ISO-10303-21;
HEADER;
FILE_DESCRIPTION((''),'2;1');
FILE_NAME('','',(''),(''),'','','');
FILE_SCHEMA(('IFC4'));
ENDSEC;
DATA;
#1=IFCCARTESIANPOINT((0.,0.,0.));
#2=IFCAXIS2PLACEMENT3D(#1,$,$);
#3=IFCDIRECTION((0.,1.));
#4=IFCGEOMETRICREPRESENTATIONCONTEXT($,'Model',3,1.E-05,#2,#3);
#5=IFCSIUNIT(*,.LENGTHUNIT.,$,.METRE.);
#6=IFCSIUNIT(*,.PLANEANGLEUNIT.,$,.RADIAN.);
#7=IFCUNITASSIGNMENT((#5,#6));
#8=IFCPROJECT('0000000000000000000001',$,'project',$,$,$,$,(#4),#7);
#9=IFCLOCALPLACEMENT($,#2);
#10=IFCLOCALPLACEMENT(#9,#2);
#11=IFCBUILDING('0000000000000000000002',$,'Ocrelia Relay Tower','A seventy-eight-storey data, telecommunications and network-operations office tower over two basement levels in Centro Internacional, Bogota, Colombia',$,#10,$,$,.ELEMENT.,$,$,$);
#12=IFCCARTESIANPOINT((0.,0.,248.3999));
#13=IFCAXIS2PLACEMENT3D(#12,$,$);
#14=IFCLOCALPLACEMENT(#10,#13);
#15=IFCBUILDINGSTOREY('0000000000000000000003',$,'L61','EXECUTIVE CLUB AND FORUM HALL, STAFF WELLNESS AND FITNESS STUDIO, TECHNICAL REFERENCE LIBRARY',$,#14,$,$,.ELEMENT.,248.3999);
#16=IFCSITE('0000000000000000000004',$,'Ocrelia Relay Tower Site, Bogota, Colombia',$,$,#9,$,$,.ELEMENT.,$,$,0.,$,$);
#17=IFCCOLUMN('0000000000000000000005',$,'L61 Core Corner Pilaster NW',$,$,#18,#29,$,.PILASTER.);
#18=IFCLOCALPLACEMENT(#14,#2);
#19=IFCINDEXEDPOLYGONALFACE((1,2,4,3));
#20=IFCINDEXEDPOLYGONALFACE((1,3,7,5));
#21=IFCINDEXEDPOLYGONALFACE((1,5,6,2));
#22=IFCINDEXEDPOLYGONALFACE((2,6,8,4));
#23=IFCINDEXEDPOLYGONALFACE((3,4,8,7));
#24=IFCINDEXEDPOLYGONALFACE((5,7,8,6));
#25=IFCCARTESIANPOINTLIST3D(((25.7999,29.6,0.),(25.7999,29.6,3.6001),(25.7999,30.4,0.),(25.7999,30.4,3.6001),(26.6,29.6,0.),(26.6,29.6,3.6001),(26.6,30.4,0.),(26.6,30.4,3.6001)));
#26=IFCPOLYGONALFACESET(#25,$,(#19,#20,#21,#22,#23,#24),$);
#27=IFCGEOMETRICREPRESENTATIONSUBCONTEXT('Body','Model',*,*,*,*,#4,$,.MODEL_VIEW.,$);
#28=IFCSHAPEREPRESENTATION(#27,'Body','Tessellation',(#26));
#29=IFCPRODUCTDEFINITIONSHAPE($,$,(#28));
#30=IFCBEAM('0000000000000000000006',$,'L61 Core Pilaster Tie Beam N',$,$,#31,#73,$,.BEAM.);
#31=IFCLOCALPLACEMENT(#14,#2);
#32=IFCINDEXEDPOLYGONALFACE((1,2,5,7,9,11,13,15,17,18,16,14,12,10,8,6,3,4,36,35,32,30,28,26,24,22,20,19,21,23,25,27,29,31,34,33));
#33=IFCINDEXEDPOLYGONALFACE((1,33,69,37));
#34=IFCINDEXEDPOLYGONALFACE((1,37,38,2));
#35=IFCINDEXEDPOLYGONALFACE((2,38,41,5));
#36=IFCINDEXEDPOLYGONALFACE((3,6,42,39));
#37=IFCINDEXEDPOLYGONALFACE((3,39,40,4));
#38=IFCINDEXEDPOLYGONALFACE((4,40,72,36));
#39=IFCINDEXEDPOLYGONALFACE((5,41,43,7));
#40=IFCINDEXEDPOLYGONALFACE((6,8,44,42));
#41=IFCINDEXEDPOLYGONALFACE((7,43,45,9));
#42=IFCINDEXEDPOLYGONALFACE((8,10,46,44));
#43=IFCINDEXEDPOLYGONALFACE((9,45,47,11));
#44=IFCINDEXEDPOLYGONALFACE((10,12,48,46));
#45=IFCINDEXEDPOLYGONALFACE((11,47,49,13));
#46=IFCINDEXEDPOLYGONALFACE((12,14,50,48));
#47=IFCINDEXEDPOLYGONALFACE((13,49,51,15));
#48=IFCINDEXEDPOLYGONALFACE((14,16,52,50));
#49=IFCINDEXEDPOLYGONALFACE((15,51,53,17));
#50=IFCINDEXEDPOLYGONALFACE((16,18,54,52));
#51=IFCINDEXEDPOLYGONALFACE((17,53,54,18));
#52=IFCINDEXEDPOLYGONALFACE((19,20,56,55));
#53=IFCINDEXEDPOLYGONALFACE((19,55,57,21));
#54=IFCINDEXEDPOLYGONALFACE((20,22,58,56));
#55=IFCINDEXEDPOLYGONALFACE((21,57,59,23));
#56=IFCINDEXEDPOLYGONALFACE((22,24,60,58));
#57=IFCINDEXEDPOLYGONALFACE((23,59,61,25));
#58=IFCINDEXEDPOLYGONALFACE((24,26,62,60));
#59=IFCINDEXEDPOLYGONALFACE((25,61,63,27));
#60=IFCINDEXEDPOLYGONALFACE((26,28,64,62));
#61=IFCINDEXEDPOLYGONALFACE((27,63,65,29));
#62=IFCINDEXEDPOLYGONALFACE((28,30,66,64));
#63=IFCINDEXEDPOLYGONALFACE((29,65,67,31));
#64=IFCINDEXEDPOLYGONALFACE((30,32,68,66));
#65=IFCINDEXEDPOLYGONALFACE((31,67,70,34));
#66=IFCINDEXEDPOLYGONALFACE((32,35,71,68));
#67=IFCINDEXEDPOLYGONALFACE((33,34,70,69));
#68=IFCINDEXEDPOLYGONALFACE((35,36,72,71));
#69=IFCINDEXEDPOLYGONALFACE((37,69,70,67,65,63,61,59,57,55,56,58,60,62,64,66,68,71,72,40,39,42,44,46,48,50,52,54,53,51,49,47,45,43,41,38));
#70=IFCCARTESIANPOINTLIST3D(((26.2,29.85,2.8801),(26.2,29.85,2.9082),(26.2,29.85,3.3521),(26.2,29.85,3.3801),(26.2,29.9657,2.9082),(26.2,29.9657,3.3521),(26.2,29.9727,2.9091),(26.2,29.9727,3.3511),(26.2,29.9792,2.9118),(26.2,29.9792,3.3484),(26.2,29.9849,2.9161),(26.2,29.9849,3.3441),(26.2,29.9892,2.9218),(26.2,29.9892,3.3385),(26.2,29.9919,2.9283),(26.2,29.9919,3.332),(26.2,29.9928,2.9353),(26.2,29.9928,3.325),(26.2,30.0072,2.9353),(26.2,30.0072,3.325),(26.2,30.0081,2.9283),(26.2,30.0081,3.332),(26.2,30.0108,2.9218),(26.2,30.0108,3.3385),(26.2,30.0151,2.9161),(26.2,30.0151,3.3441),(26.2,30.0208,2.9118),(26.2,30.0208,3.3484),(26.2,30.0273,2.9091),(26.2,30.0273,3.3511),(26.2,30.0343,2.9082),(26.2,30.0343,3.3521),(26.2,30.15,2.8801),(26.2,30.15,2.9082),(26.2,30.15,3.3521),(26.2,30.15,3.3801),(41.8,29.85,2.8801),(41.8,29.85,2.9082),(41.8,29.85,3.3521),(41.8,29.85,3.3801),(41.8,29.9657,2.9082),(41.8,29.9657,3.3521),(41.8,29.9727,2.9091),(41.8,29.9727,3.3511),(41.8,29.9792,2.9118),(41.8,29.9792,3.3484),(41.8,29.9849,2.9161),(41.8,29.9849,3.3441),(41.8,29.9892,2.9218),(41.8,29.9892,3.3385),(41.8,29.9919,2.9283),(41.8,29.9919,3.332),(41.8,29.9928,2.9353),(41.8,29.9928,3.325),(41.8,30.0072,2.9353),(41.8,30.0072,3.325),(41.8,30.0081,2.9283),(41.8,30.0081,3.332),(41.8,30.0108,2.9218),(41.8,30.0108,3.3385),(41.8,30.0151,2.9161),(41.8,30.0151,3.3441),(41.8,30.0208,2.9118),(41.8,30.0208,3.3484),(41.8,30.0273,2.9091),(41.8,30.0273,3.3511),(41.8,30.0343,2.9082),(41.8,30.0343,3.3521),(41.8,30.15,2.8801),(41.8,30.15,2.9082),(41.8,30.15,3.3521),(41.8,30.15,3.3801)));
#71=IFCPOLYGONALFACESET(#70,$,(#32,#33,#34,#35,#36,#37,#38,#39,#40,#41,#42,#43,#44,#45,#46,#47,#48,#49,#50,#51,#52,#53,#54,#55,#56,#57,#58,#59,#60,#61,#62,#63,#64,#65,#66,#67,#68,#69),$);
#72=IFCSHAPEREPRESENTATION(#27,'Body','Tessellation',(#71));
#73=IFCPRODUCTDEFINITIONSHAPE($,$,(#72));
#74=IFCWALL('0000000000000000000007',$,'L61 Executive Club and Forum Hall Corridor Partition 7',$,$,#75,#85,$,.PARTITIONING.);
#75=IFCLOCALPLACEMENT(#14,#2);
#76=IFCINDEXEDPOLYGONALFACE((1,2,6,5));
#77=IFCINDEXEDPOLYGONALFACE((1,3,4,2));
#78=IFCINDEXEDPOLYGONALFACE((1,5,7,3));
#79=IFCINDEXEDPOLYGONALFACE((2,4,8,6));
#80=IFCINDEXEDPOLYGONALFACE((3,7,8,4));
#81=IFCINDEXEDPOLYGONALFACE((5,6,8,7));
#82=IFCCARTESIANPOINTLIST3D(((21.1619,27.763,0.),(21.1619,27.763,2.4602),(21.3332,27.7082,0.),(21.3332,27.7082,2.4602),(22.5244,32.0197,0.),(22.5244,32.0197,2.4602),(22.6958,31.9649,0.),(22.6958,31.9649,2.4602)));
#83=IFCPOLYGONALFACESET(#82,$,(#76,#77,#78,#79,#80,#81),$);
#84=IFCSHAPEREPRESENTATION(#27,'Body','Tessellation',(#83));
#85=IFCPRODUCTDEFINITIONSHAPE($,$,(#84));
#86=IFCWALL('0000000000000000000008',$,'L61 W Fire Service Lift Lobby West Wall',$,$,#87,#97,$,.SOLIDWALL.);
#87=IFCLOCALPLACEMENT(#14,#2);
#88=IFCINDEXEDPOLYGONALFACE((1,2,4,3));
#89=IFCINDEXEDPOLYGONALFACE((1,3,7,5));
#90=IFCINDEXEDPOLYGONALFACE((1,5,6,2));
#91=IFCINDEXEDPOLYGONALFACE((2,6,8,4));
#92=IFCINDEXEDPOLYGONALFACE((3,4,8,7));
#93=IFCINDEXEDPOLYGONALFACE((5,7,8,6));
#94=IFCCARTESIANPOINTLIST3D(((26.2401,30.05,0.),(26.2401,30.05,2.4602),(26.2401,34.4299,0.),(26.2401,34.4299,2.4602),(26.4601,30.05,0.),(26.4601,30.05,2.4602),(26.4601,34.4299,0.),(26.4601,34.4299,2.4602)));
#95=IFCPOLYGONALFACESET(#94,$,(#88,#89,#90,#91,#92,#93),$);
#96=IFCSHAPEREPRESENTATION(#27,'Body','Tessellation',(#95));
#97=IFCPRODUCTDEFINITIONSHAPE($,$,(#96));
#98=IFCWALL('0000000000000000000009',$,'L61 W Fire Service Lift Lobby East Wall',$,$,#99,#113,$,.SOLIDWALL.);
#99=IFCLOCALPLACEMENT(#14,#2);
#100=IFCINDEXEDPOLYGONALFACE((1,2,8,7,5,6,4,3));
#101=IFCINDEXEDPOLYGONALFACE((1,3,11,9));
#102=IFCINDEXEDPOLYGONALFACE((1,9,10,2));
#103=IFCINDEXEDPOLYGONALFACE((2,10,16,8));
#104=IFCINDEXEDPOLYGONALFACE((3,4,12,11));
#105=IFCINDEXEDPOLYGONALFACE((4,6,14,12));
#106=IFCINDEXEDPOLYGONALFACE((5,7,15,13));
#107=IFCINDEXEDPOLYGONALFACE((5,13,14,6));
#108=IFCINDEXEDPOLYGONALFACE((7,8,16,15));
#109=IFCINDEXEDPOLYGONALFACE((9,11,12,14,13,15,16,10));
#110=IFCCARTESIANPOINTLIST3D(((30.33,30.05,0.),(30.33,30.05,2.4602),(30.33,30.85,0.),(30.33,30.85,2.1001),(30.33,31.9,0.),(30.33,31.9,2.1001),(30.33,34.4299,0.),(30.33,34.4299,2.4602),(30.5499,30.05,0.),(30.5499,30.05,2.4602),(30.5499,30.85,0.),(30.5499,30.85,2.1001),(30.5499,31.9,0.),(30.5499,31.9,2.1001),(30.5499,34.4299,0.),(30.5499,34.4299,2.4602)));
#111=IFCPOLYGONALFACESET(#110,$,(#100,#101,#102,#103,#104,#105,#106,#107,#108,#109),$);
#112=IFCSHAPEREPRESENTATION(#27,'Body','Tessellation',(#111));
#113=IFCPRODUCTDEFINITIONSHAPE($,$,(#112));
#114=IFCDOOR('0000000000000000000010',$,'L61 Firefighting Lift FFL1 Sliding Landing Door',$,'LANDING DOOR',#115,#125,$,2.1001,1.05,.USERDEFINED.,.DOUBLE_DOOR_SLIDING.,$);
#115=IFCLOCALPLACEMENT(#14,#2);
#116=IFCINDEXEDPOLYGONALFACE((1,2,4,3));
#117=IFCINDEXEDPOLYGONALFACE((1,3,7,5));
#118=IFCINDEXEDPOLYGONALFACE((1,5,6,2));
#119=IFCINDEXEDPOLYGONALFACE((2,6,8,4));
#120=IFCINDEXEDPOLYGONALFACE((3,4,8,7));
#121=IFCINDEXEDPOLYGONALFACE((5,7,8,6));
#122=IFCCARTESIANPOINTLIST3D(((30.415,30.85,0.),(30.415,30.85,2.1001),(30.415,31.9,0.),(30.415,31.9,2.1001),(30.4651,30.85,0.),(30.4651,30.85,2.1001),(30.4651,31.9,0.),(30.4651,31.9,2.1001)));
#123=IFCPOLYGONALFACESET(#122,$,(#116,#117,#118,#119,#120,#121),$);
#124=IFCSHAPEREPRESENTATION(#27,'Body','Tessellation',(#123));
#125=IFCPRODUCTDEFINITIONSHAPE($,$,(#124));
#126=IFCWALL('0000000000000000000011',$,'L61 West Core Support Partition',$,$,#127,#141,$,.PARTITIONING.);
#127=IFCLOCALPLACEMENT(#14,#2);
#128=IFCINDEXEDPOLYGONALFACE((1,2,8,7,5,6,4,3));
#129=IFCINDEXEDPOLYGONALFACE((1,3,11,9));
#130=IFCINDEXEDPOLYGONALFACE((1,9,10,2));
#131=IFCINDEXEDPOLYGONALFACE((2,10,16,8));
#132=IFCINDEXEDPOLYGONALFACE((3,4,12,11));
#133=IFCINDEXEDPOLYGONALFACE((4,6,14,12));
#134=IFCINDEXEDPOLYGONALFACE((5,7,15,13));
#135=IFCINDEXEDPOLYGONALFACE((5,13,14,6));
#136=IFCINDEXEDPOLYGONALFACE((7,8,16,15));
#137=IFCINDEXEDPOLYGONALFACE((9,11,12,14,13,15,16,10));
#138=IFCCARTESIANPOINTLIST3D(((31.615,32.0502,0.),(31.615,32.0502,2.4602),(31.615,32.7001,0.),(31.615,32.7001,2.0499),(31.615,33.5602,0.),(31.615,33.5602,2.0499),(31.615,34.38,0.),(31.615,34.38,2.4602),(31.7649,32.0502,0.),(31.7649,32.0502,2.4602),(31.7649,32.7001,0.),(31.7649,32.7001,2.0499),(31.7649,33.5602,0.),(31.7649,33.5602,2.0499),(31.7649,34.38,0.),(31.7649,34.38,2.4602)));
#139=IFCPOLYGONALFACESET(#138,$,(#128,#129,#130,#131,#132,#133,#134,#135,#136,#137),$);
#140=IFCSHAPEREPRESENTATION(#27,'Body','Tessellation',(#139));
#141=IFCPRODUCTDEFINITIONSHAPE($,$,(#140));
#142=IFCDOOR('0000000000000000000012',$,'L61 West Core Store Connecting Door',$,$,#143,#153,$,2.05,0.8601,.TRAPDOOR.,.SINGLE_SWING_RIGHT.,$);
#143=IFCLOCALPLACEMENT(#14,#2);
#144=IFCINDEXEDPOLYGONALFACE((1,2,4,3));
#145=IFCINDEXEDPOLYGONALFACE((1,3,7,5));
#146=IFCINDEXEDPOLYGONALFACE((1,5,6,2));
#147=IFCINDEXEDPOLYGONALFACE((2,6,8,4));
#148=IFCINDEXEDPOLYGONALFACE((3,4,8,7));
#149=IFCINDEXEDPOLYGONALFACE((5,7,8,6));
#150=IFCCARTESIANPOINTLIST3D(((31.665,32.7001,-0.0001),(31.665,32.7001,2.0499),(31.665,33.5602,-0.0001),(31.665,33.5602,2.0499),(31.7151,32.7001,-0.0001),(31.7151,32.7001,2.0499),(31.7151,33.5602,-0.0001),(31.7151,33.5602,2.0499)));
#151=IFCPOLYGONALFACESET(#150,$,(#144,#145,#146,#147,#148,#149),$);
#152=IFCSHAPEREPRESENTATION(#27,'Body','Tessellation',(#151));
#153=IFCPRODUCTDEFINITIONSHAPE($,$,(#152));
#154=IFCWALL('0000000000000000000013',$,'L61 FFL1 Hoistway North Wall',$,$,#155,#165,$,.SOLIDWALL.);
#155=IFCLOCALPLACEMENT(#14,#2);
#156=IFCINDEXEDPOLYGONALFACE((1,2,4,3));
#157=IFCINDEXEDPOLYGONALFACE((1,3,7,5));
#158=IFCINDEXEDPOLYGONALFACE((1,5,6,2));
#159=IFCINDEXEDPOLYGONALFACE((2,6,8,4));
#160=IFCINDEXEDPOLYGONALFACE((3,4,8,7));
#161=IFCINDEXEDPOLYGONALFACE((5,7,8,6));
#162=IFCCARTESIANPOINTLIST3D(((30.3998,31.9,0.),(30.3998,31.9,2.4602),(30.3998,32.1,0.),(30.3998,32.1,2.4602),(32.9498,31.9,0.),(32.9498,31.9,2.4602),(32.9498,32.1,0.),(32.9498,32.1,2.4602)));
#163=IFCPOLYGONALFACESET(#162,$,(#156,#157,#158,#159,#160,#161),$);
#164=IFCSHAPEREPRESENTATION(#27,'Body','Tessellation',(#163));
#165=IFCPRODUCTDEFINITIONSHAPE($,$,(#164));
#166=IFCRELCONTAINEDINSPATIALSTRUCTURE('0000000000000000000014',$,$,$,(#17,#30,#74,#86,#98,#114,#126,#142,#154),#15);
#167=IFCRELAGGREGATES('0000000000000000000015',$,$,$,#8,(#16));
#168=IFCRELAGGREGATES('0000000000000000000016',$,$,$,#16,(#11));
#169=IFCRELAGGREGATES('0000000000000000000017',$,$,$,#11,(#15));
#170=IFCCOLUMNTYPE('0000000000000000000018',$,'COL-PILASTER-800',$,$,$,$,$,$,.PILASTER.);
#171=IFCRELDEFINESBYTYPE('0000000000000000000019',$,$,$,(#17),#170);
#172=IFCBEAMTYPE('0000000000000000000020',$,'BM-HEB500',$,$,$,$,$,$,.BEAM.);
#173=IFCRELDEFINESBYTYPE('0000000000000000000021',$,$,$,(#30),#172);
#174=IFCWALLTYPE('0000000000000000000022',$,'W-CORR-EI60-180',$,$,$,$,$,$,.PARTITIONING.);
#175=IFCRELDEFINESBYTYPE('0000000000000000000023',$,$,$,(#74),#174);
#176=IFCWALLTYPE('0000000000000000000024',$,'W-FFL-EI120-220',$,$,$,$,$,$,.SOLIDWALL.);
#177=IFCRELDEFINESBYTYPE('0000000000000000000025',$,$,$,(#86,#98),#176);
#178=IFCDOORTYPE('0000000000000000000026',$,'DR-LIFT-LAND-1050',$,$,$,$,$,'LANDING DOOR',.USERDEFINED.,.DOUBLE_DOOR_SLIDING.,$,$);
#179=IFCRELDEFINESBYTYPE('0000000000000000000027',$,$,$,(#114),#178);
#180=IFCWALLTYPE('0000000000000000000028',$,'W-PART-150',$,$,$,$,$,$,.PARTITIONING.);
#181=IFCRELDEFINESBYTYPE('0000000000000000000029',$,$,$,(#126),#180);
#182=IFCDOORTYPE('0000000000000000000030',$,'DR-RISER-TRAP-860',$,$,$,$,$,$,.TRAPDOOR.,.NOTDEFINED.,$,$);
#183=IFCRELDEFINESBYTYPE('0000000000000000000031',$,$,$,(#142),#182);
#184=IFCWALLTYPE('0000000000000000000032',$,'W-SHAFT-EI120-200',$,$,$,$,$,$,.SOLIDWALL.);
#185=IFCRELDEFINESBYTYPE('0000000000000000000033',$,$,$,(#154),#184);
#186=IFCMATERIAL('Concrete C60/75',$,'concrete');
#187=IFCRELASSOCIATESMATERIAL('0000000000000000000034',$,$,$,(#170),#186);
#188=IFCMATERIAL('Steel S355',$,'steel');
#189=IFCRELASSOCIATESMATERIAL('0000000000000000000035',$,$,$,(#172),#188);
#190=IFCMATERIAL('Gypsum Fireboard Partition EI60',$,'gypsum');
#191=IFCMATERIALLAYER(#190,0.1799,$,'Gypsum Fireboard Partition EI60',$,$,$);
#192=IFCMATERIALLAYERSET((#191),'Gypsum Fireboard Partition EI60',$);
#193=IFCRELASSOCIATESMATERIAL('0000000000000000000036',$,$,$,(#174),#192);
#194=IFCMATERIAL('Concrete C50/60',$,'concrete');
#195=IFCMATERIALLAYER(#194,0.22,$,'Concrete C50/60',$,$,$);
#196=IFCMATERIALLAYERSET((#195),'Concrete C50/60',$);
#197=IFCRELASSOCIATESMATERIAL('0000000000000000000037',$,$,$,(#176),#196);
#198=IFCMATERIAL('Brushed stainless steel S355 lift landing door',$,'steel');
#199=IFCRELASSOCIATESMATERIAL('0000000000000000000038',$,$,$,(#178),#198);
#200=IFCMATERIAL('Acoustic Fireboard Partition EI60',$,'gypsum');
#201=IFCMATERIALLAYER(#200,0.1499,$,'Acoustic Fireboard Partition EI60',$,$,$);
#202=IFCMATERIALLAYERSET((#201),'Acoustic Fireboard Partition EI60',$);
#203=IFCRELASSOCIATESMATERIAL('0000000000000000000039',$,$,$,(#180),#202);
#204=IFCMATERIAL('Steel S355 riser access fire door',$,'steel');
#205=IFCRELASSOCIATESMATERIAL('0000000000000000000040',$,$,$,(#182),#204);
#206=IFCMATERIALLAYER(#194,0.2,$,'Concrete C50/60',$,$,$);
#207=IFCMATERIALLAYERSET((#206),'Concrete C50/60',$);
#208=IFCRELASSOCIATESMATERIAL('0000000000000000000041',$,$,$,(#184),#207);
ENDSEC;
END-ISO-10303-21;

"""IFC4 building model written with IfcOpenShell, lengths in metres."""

from ifc_helpers import new_model, si_unit, direction, frame, frame_2d, origin, origin_2d, place, context, subcontext, project, spatial, rectangle, i_section, extrude, material, layer, layer_set, material_profile, profile_set, type_object, element, fill, save


model = new_model("IFC4")

# Units and contexts
model_context = context("Model", 3, precision=1e-05, world=origin(), true_north=direction((0.0, 1.0)))
body_context = subcontext(model_context, "Body", "Model", "MODEL_VIEW")
ifc_project = project(units=[si_unit("LENGTHUNIT", "METRE"), si_unit("PLANEANGLEUNIT", "RADIAN")], contexts=[model_context])

# Site, building, storey
site_placement = place(None, origin())
site = spatial("IfcSite", under=ifc_project, at=site_placement, Name="Ocrelia Relay Tower Site, Bogota, Colombia", CompositionType="ELEMENT", RefElevation=0.0)
building_placement = place(site_placement, origin())
building = spatial("IfcBuilding", under=site, at=building_placement, Name="Ocrelia Relay Tower", Description="A seventy-eight-storey data, telecommunications and network-operations office tower over two basement levels in Centro Internacional, Bogota, Colombia", CompositionType="ELEMENT")
storey_placement = place(building_placement, frame((0.0, 0.0, 248.3999)))
storey = spatial("IfcBuildingStorey", under=building, at=storey_placement, Name="L61", Description="EXECUTIVE CLUB AND FORUM HALL, STAFF WELLNESS AND FITNESS STUDIO, TECHNICAL REFERENCE LIBRARY", CompositionType="ELEMENT", Elevation=248.3999)

# Column
ifc_material_1 = material(Name="Concrete C60/75", Category="concrete")
ifc_material_profile_1 = material_profile(ifc_material_1, rectangle(XDim=0.8, YDim=0.8, at=origin_2d()), Name="RC-COL-800x800")
ifc_profile_set_1 = profile_set([ifc_material_profile_1], Name="Concrete C60/75")
column_type = type_object("IfcColumnType", Name="COL-PILASTER-800", PredefinedType="PILASTER", material=ifc_profile_set_1)
column_placement = place(storey_placement, frame((26.2, 30.0, 0.0), z_axis=(0.0, 0.0, 1.0), x_axis=(1.0, 0.0, 0.0)))
element("IfcColumn", 1, at=column_placement, inside=storey, type_object=column_type, Name="L61 Core Corner Pilaster NW", PredefinedType="PILASTER", context=body_context, shape_type="SweptSolid", body=[
    extrude(rectangle(XDim=0.8, YDim=0.8, at=origin_2d()), origin(), (0.0, 0.0, 1.0), 3.6001),
])

# Beam
ifc_material_2 = material(Name="Steel S355", Category="steel")
ifc_material_profile_2 = material_profile(ifc_material_2, i_section(OverallWidth=0.3, OverallDepth=0.5, WebThickness=0.0144, FlangeThickness=0.0281, FilletRadius=0.0271, at=origin_2d()), Name="HEB 500")
ifc_profile_set_2 = profile_set([ifc_material_profile_2], Name="Steel S355")
beam_type = type_object("IfcBeamType", Name="BM-HEB500", PredefinedType="BEAM", material=ifc_profile_set_2)
beam_placement = place(storey_placement, frame((26.2, 30.0, 3.1301), z_axis=(1.0, 0.0, 0.0), x_axis=(0.0, 1.0, 0.0)))
element("IfcBeam", 2, at=beam_placement, inside=storey, type_object=beam_type, Name="L61 Core Pilaster Tie Beam N", PredefinedType="BEAM", context=body_context, shape_type="SweptSolid", body=[
    extrude(i_section(OverallWidth=0.3, OverallDepth=0.5, WebThickness=0.0144, FlangeThickness=0.0281, FilletRadius=0.0271, at=origin_2d()), origin(), (0.0, 0.0, 1.0), 15.6001),
])

# Shared definitions
ifc_material_3 = material(Name="Concrete C50/60", Category="concrete")

# Walls
ifc_material_4 = material(Name="Gypsum Fireboard Partition EI60", Category="gypsum")
ifc_layer_1 = layer(ifc_material_4, 0.1799, Name="Gypsum Fireboard Partition EI60")
ifc_layer_set_1 = layer_set([ifc_layer_1], Name="Gypsum Fireboard Partition EI60")
wall_type_1 = type_object("IfcWallType", Name="W-CORR-EI60-180", PredefinedType="PARTITIONING", material=ifc_layer_set_1)
wall_1_placement = place(storey_placement, frame((22.6101, 31.9924, 0.0), z_axis=(0.0, 0.0, 1.0), x_axis=(-0.304849, -0.952401, 0.0)))
element("IfcWall", 3, at=wall_1_placement, inside=storey, type_object=wall_type_1, Name="L61 Executive Club and Forum Hall Corridor Partition 7", PredefinedType="PARTITIONING", context=body_context, shape_type="SweptSolid", body=[
    extrude(rectangle(XDim=4.4695, YDim=0.1799, at=frame_2d((2.2349, 0.0))), origin(), (0.0, 0.0, 1.0), 2.4602),
])
ifc_layer_2 = layer(ifc_material_3, 0.22, Name="Concrete C50/60")
ifc_layer_set_2 = layer_set([ifc_layer_2], Name="Concrete C50/60")
wall_type_2 = type_object("IfcWallType", Name="W-FFL-EI120-220", PredefinedType="SOLIDWALL", material=ifc_layer_set_2)
wall_2_placement = place(storey_placement, frame((26.3501, 30.05, 0.0), z_axis=(0.0, 0.0, 1.0), x_axis=(0.0, 1.0, 0.0)))
element("IfcWall", 4, at=wall_2_placement, inside=storey, type_object=wall_type_2, Name="L61 W Fire Service Lift Lobby West Wall", PredefinedType="SOLIDWALL", context=body_context, shape_type="SweptSolid", body=[
    extrude(rectangle(XDim=4.3799, YDim=0.22, at=frame_2d((2.1899, 0.0))), origin(), (0.0, 0.0, 1.0), 2.4602),
])

# Walls, openings, doors
wall_3_placement = place(storey_placement, frame((30.4399, 30.05, 0.0), z_axis=(0.0, 0.0, 1.0), x_axis=(0.0, 1.0, 0.0)))
wall_3 = element("IfcWall", 5, at=wall_3_placement, inside=storey, type_object=wall_type_2, Name="L61 W Fire Service Lift Lobby East Wall", PredefinedType="SOLIDWALL", context=body_context, shape_type="SweptSolid", body=[
    extrude(rectangle(XDim=4.3799, YDim=0.22, at=frame_2d((2.1899, 0.0))), origin(), (0.0, 0.0, 1.0), 2.4602),
])
opening_1_placement = place(wall_3_placement, frame((0.8, 0.0, 0.0)))
opening_1 = element("IfcOpeningElement", 6, at=opening_1_placement, cuts=wall_3, PredefinedType="OPENING", context=body_context, shape_type="SweptSolid", body=[
    extrude(rectangle(XDim=1.05, YDim=2.1001, at=frame_2d((0.5249, 1.05))), frame((0.0, 0.1201, 0.0), z_axis=(0.0, -1.0, 0.0), x_axis=(1.0, 0.0, 0.0)), (0.0, 0.0, 1.0), 0.24),
])
ifc_material_5 = material(Name="Brushed stainless steel S355 lift landing door", Category="steel")
door_type_1 = type_object("IfcDoorType", Name="DR-LIFT-LAND-1050", ElementType="LANDING DOOR", OperationType="DOUBLE_DOOR_SLIDING", PredefinedType="USERDEFINED", material=ifc_material_5)
door_1_placement = place(opening_1_placement, origin())
door_1 = element("IfcDoor", 7, at=door_1_placement, inside=storey, type_object=door_type_1, Name="L61 Firefighting Lift FFL1 Sliding Landing Door", ObjectType="LANDING DOOR", OperationType="DOUBLE_DOOR_SLIDING", OverallHeight=2.1001, OverallWidth=1.05, PredefinedType="USERDEFINED", context=body_context, shape_type="SweptSolid", body=[
    extrude(rectangle(XDim=1.05, YDim=2.1001, at=frame_2d((0.5249, 1.05))), frame((0.0, 0.0249, 0.0), z_axis=(0.0, -1.0, 0.0), x_axis=(1.0, 0.0, 0.0)), (0.0, 0.0, 1.0), 0.05),
])
fill(opening_1, door_1)
ifc_material_6 = material(Name="Acoustic Fireboard Partition EI60", Category="gypsum")
ifc_layer_3 = layer(ifc_material_6, 0.1499, Name="Acoustic Fireboard Partition EI60")
ifc_layer_set_3 = layer_set([ifc_layer_3], Name="Acoustic Fireboard Partition EI60")
wall_type_3 = type_object("IfcWallType", Name="W-PART-150", PredefinedType="PARTITIONING", material=ifc_layer_set_3)
wall_4_placement = place(storey_placement, frame((31.6899, 32.05, 0.0), z_axis=(0.0, 0.0, 1.0), x_axis=(0.0, 1.0, 0.0)))
wall_4 = element("IfcWall", 8, at=wall_4_placement, inside=storey, type_object=wall_type_3, Name="L61 West Core Support Partition", PredefinedType="PARTITIONING", context=body_context, shape_type="SweptSolid", body=[
    extrude(rectangle(XDim=2.3298, YDim=0.1499, at=frame_2d((1.165, 0.0))), origin(), (0.0, 0.0, 1.0), 2.4602),
])
opening_2_placement = place(wall_4_placement, frame((0.6499, 0.0, 0.0)))
opening_2 = element("IfcOpeningElement", 9, at=opening_2_placement, cuts=wall_4, PredefinedType="OPENING", context=body_context, shape_type="SweptSolid", body=[
    extrude(rectangle(XDim=0.8601, YDim=2.05, at=frame_2d((0.4302, 1.0249))), frame((0.0, 0.085, 0.0), z_axis=(0.0, -1.0, 0.0), x_axis=(1.0, 0.0, 0.0)), (0.0, 0.0, 1.0), 0.1699),
])
ifc_material_7 = material(Name="Steel S355 riser access fire door", Category="steel")
door_type_2 = type_object("IfcDoorType", Name="DR-RISER-TRAP-860", OperationType="NOTDEFINED", PredefinedType="TRAPDOOR", material=ifc_material_7)
door_2_placement = place(opening_2_placement, origin())
door_2 = element("IfcDoor", 10, at=door_2_placement, inside=storey, type_object=door_type_2, Name="L61 West Core Store Connecting Door", OperationType="SINGLE_SWING_RIGHT", OverallHeight=2.05, OverallWidth=0.8601, PredefinedType="TRAPDOOR", context=body_context, shape_type="SweptSolid", body=[
    extrude(rectangle(XDim=0.8601, YDim=2.05, at=frame_2d((0.4302, 1.0249))), frame((0.0, 0.0249, 0.0), z_axis=(0.0, -1.0, 0.0), x_axis=(1.0, 0.0, 0.0)), (0.0, 0.0, 1.0), 0.05),
])
fill(opening_2, door_2)

# Wall
ifc_layer_4 = layer(ifc_material_3, 0.2, Name="Concrete C50/60")
ifc_layer_set_4 = layer_set([ifc_layer_4], Name="Concrete C50/60")
wall_type_4 = type_object("IfcWallType", Name="W-SHAFT-EI120-200", PredefinedType="SOLIDWALL", material=ifc_layer_set_4)
wall_5_placement = place(storey_placement, frame((30.3999, 32.0, 0.0), z_axis=(0.0, 0.0, 1.0), x_axis=(1.0, 0.0, 0.0)))
element("IfcWall", 11, at=wall_5_placement, inside=storey, type_object=wall_type_4, Name="L61 FFL1 Hoistway North Wall", PredefinedType="SOLIDWALL", context=body_context, shape_type="SweptSolid", body=[
    extrude(rectangle(XDim=2.55, YDim=0.2, at=frame_2d((1.2749, 0.0))), origin(), (0.0, 0.0, 1.0), 2.4602),
])

save(model, "model.ifc")
